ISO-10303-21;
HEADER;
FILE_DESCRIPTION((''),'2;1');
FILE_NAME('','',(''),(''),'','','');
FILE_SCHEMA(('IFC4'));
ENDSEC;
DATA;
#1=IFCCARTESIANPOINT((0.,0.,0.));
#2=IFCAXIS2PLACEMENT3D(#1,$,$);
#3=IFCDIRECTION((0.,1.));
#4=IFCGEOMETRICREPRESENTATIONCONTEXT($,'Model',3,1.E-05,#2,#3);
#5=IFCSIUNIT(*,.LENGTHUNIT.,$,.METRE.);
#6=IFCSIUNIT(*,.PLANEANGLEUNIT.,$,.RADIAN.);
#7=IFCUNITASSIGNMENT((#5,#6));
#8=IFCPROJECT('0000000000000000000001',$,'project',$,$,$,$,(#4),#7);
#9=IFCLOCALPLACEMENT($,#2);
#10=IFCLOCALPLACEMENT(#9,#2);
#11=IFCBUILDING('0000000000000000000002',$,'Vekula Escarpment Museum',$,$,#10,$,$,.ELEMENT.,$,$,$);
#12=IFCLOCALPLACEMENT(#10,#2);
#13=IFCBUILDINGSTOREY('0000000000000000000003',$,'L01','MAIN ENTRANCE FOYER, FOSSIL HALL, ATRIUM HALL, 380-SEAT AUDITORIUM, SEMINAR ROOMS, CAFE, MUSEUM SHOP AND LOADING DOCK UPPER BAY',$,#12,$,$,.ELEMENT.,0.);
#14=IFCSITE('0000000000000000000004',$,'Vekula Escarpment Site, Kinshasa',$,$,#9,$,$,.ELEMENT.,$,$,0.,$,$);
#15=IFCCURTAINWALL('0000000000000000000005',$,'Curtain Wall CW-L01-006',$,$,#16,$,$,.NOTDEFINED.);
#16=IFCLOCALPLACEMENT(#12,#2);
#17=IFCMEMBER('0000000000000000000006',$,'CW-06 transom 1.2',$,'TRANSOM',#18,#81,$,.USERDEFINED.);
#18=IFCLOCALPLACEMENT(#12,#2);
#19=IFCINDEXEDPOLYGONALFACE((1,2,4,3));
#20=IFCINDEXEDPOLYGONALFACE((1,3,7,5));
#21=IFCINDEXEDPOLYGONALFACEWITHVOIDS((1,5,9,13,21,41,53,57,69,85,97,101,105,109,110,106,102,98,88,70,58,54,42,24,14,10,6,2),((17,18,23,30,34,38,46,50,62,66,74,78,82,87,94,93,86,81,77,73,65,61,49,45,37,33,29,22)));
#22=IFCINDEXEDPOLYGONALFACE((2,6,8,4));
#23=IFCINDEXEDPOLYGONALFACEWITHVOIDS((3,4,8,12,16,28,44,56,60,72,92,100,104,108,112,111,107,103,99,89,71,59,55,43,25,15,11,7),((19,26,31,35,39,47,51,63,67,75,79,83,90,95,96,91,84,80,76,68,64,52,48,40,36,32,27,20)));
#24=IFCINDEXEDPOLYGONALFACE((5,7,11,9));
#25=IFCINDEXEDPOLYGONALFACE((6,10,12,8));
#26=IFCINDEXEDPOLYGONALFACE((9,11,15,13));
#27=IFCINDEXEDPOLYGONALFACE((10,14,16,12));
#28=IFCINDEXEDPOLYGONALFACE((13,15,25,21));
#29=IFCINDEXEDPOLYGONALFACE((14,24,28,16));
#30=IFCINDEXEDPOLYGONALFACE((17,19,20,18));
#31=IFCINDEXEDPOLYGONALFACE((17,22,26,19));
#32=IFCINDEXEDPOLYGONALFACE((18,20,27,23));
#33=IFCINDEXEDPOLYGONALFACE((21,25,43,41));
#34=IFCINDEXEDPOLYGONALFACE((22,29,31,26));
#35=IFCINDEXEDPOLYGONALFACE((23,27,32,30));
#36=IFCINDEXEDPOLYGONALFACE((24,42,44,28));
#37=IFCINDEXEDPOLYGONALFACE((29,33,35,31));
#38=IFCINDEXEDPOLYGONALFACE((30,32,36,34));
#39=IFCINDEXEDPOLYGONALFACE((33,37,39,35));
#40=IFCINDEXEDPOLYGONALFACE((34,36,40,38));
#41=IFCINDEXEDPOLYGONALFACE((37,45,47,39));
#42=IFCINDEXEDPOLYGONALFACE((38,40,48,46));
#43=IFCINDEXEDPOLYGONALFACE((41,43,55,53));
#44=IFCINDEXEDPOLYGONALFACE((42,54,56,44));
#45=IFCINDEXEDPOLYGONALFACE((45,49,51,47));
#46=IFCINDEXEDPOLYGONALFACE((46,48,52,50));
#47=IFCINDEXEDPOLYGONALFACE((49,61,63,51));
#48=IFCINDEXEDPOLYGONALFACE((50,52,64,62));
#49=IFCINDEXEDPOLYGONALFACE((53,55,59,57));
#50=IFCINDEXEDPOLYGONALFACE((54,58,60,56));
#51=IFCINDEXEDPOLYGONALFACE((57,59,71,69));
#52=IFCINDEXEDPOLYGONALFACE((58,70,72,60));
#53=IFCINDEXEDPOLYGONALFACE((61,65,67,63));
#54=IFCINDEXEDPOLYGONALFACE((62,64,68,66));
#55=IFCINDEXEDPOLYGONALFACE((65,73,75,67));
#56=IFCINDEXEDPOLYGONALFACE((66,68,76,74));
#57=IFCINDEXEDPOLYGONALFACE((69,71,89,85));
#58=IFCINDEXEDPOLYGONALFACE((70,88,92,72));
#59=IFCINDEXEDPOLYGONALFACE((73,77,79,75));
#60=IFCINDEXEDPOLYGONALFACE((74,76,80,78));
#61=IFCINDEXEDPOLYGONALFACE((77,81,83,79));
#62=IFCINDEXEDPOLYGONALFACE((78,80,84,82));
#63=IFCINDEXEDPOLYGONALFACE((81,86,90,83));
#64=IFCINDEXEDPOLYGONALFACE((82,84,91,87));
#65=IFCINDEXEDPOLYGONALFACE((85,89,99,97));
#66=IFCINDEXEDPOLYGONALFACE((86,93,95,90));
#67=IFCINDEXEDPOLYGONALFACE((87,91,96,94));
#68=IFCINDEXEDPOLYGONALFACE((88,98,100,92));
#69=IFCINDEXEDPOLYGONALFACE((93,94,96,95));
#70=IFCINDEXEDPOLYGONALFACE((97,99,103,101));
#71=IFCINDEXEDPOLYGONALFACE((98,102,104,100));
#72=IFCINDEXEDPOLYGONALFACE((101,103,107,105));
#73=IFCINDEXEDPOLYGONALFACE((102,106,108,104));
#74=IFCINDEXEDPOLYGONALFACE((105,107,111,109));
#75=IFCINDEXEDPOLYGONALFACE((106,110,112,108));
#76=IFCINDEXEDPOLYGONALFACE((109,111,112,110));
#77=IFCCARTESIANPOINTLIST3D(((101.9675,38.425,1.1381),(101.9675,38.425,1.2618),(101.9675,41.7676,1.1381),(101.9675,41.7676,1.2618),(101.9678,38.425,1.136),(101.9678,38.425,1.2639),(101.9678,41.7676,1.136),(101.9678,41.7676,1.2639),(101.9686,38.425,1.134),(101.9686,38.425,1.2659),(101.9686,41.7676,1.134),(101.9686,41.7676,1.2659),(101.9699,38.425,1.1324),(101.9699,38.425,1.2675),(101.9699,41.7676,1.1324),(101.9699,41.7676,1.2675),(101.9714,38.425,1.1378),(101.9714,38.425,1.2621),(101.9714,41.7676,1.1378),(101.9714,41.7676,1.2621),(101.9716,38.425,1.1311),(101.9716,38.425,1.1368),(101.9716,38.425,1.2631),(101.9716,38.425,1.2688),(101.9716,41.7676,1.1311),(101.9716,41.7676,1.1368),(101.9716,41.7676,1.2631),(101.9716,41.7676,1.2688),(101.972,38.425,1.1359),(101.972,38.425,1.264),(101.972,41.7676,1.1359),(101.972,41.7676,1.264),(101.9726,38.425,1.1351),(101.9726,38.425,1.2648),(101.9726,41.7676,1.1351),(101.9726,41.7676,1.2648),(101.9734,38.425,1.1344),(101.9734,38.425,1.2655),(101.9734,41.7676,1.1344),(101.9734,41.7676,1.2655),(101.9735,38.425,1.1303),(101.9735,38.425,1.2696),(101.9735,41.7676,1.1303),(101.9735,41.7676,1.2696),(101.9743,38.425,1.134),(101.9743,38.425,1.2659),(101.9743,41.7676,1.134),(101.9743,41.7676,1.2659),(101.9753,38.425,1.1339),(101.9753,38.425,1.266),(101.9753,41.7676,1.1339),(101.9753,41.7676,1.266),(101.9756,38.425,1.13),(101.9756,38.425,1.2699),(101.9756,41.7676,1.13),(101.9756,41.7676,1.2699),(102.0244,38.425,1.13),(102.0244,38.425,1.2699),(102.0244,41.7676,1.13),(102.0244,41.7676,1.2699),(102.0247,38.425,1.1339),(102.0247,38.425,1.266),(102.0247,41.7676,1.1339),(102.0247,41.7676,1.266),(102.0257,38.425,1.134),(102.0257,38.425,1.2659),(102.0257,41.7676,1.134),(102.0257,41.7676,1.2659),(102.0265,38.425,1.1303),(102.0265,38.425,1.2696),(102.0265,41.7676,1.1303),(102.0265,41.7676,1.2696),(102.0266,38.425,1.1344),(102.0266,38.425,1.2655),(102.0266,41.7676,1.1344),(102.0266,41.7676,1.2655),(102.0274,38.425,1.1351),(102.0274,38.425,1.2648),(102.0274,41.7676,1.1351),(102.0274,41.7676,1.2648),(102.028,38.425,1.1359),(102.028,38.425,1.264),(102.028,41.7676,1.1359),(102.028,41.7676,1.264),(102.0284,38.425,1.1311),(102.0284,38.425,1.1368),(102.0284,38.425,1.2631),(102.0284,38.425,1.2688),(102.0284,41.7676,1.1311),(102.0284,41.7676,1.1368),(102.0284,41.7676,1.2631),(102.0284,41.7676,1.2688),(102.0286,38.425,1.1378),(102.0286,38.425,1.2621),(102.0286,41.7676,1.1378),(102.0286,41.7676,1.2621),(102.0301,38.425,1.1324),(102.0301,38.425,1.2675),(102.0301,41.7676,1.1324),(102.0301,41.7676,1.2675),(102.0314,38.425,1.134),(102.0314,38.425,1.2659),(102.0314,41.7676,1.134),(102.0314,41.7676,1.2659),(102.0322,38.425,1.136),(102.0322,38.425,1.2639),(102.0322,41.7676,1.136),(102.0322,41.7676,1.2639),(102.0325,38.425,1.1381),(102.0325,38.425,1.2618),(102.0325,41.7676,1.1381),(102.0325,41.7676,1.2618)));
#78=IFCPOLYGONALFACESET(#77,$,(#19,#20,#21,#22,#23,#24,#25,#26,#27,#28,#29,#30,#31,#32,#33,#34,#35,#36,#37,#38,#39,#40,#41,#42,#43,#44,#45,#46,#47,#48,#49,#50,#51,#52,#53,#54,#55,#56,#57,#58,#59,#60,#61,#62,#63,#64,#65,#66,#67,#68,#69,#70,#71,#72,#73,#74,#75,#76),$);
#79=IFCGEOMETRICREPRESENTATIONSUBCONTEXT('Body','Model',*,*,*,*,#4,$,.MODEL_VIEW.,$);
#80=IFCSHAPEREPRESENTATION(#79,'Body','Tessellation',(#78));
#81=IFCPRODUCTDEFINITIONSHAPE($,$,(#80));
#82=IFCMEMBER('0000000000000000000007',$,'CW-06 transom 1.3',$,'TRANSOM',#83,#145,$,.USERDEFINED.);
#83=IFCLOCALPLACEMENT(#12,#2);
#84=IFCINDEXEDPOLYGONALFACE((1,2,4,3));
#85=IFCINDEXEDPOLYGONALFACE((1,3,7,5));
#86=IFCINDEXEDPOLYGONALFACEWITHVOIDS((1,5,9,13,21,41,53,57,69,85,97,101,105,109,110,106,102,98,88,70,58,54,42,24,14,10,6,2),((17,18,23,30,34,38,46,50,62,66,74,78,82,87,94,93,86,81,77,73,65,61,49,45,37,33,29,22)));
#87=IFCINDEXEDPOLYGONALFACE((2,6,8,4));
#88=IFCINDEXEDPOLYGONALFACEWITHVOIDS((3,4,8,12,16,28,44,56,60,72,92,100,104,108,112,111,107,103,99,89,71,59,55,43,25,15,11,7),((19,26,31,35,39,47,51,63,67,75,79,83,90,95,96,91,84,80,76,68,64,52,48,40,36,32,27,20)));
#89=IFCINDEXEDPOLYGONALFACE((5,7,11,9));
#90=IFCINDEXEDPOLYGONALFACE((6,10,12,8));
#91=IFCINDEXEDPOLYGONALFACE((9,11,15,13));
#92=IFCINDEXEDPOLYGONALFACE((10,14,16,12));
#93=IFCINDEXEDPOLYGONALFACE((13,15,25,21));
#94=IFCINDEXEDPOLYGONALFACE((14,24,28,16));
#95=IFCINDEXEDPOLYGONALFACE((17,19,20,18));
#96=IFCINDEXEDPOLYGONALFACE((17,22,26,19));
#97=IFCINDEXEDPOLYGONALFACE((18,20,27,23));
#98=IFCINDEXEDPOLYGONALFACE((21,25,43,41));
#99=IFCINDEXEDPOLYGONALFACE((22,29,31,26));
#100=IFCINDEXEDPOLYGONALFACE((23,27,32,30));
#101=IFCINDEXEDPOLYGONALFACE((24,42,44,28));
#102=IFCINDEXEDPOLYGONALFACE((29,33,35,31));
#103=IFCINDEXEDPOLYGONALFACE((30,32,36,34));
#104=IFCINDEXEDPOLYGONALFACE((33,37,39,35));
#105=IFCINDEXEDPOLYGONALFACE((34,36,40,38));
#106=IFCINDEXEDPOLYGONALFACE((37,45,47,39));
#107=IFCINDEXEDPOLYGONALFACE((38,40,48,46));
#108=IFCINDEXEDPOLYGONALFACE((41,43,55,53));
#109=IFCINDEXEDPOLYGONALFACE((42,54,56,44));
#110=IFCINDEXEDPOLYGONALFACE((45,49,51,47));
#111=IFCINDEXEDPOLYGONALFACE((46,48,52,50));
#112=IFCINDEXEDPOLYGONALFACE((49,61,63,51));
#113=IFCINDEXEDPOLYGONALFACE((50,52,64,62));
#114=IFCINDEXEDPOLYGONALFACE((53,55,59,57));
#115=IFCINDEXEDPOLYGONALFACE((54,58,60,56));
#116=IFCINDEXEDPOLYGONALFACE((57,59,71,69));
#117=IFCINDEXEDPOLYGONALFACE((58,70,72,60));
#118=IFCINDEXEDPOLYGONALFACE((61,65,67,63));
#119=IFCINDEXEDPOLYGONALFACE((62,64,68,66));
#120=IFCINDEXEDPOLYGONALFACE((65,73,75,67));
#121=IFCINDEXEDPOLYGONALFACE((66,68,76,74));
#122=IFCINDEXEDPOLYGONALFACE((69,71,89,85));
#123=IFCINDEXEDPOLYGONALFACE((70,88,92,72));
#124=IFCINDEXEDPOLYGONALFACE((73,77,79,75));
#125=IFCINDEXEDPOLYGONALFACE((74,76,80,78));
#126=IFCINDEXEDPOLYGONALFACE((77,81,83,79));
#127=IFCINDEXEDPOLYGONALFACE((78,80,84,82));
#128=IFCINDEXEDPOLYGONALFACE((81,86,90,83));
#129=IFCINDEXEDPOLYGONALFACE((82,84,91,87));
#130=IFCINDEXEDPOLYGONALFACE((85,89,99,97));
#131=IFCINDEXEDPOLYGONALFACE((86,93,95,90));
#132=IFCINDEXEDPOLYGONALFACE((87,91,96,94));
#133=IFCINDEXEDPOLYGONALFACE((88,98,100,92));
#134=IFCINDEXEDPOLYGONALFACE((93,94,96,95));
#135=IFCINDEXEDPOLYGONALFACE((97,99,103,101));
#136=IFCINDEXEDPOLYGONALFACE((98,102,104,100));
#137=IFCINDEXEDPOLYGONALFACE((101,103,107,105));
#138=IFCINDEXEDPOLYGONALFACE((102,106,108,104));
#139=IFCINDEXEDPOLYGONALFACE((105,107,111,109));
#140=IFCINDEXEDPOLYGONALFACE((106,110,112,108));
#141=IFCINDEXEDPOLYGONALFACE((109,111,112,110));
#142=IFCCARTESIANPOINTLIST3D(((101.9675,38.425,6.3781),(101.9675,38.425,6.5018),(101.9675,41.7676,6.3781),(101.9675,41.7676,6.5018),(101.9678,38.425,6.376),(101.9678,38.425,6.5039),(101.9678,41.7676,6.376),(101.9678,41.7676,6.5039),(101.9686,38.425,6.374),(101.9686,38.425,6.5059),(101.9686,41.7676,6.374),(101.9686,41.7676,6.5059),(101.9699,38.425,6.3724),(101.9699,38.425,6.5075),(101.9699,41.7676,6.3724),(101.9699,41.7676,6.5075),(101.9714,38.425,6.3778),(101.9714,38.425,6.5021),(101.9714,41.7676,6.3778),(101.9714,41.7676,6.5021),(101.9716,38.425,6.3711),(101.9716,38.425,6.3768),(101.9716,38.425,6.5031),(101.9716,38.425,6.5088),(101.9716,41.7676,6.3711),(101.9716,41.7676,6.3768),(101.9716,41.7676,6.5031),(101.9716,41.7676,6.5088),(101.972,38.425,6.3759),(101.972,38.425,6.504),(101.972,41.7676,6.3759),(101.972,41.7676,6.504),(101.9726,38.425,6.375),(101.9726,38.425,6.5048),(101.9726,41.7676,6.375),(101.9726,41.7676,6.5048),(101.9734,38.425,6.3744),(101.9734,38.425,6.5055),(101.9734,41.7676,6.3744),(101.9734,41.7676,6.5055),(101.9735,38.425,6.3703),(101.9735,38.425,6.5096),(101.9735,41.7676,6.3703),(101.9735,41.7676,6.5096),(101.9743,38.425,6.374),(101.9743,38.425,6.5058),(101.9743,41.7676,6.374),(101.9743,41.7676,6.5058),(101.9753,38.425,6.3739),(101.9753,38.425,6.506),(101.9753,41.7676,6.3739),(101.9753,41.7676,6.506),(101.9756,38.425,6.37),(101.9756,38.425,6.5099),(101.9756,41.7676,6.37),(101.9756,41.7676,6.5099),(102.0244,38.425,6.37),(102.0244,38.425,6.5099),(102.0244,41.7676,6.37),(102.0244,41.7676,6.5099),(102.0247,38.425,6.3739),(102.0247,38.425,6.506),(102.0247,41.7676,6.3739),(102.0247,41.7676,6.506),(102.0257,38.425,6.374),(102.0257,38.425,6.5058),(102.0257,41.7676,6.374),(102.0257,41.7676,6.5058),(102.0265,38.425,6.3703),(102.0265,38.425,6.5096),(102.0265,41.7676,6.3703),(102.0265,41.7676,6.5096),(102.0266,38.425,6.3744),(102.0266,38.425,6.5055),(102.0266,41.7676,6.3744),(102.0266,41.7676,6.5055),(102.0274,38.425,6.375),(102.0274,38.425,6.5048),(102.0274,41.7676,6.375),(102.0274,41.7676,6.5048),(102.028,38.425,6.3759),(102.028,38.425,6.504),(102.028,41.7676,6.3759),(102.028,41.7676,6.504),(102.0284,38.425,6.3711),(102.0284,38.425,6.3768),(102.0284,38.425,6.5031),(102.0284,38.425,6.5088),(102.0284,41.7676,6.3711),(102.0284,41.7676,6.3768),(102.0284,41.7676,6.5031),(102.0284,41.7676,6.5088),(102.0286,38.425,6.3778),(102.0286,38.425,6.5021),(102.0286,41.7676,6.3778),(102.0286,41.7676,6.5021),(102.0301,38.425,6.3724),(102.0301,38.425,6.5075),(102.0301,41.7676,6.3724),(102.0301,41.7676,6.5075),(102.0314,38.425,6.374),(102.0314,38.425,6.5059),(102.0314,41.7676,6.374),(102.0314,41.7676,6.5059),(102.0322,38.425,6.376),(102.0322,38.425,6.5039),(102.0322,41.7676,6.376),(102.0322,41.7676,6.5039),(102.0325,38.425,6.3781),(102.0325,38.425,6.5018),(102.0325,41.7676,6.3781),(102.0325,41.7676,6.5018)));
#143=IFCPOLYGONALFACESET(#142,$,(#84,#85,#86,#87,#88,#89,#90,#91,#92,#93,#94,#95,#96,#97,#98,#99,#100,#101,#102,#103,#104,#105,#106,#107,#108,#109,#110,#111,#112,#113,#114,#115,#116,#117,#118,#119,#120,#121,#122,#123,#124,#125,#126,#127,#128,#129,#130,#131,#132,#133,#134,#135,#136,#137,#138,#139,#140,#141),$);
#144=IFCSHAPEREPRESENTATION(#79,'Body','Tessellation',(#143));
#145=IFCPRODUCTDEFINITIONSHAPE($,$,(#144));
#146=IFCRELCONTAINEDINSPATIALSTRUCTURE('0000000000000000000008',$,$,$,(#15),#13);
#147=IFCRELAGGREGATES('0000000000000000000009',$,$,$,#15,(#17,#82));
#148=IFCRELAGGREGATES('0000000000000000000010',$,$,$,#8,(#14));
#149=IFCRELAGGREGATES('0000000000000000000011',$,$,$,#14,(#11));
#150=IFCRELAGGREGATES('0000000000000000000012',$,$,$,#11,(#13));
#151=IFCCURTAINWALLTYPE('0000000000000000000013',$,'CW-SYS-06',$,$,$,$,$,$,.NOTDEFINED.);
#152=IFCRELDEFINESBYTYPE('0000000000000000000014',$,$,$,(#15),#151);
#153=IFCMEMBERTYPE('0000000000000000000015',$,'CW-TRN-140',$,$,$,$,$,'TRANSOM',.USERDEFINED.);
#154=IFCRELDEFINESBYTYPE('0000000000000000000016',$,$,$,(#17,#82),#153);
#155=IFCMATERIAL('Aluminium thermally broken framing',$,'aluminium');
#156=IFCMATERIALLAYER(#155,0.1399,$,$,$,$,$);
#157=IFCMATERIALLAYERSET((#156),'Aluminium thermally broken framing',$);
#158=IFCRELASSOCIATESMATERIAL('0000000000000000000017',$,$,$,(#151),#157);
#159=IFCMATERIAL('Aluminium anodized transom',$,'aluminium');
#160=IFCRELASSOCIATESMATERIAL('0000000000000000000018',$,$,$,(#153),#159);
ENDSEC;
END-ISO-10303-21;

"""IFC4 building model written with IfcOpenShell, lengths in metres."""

from ifc_helpers import new_model, si_unit, direction, frame, origin, origin_2d, place, context, subcontext, project, spatial, hollow_rectangle, extrude, material, layer, layer_set, material_profile, profile_set, type_object, element, aggregate, save


model = new_model("IFC4")

# Units and contexts
model_context = context("Model", 3, precision=1e-05, world=origin(), true_north=direction((0.0, 1.0)))
body_context = subcontext(model_context, "Body", "Model", "MODEL_VIEW")
ifc_project = project(units=[si_unit("LENGTHUNIT", "METRE"), si_unit("PLANEANGLEUNIT", "RADIAN")], contexts=[model_context])

# Site, building, storey
site_placement = place(None, origin())
site = spatial("IfcSite", under=ifc_project, at=site_placement, Name="Vekula Escarpment Site, Kinshasa", CompositionType="ELEMENT", RefElevation=0.0)
building_placement = place(site_placement, origin())
building = spatial("IfcBuilding", under=site, at=building_placement, Name="Vekula Escarpment Museum", CompositionType="ELEMENT")
storey_placement = place(building_placement, origin())
storey = spatial("IfcBuildingStorey", under=building, at=storey_placement, Name="L01", Description="MAIN ENTRANCE FOYER, FOSSIL HALL, ATRIUM HALL, 380-SEAT AUDITORIUM, SEMINAR ROOMS, CAFE, MUSEUM SHOP AND LOADING DOCK UPPER BAY", CompositionType="ELEMENT", Elevation=0.0)

# Curtain wall, members
ifc_material_1 = material(Name="Aluminium thermally broken framing", Category="aluminium")
ifc_layer_1 = layer(ifc_material_1, 0.1399)
ifc_layer_set_1 = layer_set([ifc_layer_1], Name="Aluminium thermally broken framing")
curtain_wall_type = type_object("IfcCurtainWallType", Name="CW-SYS-06", PredefinedType="NOTDEFINED", material=ifc_layer_set_1)
curtain_wall_placement = place(storey_placement, origin())
curtain_wall = element("IfcCurtainWall", 1, at=curtain_wall_placement, inside=storey, type_object=curtain_wall_type, Name="Curtain Wall CW-L01-006", PredefinedType="NOTDEFINED")
ifc_material_2 = material(Name="Aluminium anodized transom", Category="aluminium")
ifc_material_profile_1 = material_profile(ifc_material_2, hollow_rectangle(XDim=0.0649, YDim=0.1399, WallThickness=0.0039, InnerFilletRadius=0.0039, OuterFilletRadius=0.0081, at=origin_2d()), Name="ALU 140x65x4")
ifc_profile_set_1 = profile_set([ifc_material_profile_1], Name="Aluminium anodized transom")
member_type_1 = type_object("IfcMemberType", Name="CW-TRN-140", ElementType="TRANSOM", PredefinedType="USERDEFINED", material=ifc_profile_set_1)
member_1_placement = place(storey_placement, frame((102.0, 38.425, 1.2), z_axis=(0.0, 1.0, 0.0), x_axis=(-1.0, 0.0, 0.0)))
member_1 = element("IfcMember", 2, at=member_1_placement, type_object=member_type_1, Name="CW-06 transom 1.2", ObjectType="TRANSOM", PredefinedType="USERDEFINED", context=body_context, shape_type="SweptSolid", body=[
    extrude(hollow_rectangle(XDim=0.0649, YDim=0.1399, WallThickness=0.0039, InnerFilletRadius=0.0039, OuterFilletRadius=0.0081, at=origin_2d()), origin(), (0.0, 0.0, 1.0), 3.3425),
])
member_2_placement = place(storey_placement, frame((102.0, 38.425, 6.4399), z_axis=(0.0, 1.0, 0.0), x_axis=(-1.0, 0.0, 0.0)))
member_2 = element("IfcMember", 3, at=member_2_placement, type_object=member_type_1, Name="CW-06 transom 1.3", ObjectType="TRANSOM", PredefinedType="USERDEFINED", context=body_context, shape_type="SweptSolid", body=[
    extrude(hollow_rectangle(XDim=0.0649, YDim=0.1399, WallThickness=0.0039, InnerFilletRadius=0.0039, OuterFilletRadius=0.0081, at=origin_2d()), origin(), (0.0, 0.0, 1.0), 3.3425),
])

aggregate(curtain_wall, [member_1, member_2])

save(model, "model.ifc")
